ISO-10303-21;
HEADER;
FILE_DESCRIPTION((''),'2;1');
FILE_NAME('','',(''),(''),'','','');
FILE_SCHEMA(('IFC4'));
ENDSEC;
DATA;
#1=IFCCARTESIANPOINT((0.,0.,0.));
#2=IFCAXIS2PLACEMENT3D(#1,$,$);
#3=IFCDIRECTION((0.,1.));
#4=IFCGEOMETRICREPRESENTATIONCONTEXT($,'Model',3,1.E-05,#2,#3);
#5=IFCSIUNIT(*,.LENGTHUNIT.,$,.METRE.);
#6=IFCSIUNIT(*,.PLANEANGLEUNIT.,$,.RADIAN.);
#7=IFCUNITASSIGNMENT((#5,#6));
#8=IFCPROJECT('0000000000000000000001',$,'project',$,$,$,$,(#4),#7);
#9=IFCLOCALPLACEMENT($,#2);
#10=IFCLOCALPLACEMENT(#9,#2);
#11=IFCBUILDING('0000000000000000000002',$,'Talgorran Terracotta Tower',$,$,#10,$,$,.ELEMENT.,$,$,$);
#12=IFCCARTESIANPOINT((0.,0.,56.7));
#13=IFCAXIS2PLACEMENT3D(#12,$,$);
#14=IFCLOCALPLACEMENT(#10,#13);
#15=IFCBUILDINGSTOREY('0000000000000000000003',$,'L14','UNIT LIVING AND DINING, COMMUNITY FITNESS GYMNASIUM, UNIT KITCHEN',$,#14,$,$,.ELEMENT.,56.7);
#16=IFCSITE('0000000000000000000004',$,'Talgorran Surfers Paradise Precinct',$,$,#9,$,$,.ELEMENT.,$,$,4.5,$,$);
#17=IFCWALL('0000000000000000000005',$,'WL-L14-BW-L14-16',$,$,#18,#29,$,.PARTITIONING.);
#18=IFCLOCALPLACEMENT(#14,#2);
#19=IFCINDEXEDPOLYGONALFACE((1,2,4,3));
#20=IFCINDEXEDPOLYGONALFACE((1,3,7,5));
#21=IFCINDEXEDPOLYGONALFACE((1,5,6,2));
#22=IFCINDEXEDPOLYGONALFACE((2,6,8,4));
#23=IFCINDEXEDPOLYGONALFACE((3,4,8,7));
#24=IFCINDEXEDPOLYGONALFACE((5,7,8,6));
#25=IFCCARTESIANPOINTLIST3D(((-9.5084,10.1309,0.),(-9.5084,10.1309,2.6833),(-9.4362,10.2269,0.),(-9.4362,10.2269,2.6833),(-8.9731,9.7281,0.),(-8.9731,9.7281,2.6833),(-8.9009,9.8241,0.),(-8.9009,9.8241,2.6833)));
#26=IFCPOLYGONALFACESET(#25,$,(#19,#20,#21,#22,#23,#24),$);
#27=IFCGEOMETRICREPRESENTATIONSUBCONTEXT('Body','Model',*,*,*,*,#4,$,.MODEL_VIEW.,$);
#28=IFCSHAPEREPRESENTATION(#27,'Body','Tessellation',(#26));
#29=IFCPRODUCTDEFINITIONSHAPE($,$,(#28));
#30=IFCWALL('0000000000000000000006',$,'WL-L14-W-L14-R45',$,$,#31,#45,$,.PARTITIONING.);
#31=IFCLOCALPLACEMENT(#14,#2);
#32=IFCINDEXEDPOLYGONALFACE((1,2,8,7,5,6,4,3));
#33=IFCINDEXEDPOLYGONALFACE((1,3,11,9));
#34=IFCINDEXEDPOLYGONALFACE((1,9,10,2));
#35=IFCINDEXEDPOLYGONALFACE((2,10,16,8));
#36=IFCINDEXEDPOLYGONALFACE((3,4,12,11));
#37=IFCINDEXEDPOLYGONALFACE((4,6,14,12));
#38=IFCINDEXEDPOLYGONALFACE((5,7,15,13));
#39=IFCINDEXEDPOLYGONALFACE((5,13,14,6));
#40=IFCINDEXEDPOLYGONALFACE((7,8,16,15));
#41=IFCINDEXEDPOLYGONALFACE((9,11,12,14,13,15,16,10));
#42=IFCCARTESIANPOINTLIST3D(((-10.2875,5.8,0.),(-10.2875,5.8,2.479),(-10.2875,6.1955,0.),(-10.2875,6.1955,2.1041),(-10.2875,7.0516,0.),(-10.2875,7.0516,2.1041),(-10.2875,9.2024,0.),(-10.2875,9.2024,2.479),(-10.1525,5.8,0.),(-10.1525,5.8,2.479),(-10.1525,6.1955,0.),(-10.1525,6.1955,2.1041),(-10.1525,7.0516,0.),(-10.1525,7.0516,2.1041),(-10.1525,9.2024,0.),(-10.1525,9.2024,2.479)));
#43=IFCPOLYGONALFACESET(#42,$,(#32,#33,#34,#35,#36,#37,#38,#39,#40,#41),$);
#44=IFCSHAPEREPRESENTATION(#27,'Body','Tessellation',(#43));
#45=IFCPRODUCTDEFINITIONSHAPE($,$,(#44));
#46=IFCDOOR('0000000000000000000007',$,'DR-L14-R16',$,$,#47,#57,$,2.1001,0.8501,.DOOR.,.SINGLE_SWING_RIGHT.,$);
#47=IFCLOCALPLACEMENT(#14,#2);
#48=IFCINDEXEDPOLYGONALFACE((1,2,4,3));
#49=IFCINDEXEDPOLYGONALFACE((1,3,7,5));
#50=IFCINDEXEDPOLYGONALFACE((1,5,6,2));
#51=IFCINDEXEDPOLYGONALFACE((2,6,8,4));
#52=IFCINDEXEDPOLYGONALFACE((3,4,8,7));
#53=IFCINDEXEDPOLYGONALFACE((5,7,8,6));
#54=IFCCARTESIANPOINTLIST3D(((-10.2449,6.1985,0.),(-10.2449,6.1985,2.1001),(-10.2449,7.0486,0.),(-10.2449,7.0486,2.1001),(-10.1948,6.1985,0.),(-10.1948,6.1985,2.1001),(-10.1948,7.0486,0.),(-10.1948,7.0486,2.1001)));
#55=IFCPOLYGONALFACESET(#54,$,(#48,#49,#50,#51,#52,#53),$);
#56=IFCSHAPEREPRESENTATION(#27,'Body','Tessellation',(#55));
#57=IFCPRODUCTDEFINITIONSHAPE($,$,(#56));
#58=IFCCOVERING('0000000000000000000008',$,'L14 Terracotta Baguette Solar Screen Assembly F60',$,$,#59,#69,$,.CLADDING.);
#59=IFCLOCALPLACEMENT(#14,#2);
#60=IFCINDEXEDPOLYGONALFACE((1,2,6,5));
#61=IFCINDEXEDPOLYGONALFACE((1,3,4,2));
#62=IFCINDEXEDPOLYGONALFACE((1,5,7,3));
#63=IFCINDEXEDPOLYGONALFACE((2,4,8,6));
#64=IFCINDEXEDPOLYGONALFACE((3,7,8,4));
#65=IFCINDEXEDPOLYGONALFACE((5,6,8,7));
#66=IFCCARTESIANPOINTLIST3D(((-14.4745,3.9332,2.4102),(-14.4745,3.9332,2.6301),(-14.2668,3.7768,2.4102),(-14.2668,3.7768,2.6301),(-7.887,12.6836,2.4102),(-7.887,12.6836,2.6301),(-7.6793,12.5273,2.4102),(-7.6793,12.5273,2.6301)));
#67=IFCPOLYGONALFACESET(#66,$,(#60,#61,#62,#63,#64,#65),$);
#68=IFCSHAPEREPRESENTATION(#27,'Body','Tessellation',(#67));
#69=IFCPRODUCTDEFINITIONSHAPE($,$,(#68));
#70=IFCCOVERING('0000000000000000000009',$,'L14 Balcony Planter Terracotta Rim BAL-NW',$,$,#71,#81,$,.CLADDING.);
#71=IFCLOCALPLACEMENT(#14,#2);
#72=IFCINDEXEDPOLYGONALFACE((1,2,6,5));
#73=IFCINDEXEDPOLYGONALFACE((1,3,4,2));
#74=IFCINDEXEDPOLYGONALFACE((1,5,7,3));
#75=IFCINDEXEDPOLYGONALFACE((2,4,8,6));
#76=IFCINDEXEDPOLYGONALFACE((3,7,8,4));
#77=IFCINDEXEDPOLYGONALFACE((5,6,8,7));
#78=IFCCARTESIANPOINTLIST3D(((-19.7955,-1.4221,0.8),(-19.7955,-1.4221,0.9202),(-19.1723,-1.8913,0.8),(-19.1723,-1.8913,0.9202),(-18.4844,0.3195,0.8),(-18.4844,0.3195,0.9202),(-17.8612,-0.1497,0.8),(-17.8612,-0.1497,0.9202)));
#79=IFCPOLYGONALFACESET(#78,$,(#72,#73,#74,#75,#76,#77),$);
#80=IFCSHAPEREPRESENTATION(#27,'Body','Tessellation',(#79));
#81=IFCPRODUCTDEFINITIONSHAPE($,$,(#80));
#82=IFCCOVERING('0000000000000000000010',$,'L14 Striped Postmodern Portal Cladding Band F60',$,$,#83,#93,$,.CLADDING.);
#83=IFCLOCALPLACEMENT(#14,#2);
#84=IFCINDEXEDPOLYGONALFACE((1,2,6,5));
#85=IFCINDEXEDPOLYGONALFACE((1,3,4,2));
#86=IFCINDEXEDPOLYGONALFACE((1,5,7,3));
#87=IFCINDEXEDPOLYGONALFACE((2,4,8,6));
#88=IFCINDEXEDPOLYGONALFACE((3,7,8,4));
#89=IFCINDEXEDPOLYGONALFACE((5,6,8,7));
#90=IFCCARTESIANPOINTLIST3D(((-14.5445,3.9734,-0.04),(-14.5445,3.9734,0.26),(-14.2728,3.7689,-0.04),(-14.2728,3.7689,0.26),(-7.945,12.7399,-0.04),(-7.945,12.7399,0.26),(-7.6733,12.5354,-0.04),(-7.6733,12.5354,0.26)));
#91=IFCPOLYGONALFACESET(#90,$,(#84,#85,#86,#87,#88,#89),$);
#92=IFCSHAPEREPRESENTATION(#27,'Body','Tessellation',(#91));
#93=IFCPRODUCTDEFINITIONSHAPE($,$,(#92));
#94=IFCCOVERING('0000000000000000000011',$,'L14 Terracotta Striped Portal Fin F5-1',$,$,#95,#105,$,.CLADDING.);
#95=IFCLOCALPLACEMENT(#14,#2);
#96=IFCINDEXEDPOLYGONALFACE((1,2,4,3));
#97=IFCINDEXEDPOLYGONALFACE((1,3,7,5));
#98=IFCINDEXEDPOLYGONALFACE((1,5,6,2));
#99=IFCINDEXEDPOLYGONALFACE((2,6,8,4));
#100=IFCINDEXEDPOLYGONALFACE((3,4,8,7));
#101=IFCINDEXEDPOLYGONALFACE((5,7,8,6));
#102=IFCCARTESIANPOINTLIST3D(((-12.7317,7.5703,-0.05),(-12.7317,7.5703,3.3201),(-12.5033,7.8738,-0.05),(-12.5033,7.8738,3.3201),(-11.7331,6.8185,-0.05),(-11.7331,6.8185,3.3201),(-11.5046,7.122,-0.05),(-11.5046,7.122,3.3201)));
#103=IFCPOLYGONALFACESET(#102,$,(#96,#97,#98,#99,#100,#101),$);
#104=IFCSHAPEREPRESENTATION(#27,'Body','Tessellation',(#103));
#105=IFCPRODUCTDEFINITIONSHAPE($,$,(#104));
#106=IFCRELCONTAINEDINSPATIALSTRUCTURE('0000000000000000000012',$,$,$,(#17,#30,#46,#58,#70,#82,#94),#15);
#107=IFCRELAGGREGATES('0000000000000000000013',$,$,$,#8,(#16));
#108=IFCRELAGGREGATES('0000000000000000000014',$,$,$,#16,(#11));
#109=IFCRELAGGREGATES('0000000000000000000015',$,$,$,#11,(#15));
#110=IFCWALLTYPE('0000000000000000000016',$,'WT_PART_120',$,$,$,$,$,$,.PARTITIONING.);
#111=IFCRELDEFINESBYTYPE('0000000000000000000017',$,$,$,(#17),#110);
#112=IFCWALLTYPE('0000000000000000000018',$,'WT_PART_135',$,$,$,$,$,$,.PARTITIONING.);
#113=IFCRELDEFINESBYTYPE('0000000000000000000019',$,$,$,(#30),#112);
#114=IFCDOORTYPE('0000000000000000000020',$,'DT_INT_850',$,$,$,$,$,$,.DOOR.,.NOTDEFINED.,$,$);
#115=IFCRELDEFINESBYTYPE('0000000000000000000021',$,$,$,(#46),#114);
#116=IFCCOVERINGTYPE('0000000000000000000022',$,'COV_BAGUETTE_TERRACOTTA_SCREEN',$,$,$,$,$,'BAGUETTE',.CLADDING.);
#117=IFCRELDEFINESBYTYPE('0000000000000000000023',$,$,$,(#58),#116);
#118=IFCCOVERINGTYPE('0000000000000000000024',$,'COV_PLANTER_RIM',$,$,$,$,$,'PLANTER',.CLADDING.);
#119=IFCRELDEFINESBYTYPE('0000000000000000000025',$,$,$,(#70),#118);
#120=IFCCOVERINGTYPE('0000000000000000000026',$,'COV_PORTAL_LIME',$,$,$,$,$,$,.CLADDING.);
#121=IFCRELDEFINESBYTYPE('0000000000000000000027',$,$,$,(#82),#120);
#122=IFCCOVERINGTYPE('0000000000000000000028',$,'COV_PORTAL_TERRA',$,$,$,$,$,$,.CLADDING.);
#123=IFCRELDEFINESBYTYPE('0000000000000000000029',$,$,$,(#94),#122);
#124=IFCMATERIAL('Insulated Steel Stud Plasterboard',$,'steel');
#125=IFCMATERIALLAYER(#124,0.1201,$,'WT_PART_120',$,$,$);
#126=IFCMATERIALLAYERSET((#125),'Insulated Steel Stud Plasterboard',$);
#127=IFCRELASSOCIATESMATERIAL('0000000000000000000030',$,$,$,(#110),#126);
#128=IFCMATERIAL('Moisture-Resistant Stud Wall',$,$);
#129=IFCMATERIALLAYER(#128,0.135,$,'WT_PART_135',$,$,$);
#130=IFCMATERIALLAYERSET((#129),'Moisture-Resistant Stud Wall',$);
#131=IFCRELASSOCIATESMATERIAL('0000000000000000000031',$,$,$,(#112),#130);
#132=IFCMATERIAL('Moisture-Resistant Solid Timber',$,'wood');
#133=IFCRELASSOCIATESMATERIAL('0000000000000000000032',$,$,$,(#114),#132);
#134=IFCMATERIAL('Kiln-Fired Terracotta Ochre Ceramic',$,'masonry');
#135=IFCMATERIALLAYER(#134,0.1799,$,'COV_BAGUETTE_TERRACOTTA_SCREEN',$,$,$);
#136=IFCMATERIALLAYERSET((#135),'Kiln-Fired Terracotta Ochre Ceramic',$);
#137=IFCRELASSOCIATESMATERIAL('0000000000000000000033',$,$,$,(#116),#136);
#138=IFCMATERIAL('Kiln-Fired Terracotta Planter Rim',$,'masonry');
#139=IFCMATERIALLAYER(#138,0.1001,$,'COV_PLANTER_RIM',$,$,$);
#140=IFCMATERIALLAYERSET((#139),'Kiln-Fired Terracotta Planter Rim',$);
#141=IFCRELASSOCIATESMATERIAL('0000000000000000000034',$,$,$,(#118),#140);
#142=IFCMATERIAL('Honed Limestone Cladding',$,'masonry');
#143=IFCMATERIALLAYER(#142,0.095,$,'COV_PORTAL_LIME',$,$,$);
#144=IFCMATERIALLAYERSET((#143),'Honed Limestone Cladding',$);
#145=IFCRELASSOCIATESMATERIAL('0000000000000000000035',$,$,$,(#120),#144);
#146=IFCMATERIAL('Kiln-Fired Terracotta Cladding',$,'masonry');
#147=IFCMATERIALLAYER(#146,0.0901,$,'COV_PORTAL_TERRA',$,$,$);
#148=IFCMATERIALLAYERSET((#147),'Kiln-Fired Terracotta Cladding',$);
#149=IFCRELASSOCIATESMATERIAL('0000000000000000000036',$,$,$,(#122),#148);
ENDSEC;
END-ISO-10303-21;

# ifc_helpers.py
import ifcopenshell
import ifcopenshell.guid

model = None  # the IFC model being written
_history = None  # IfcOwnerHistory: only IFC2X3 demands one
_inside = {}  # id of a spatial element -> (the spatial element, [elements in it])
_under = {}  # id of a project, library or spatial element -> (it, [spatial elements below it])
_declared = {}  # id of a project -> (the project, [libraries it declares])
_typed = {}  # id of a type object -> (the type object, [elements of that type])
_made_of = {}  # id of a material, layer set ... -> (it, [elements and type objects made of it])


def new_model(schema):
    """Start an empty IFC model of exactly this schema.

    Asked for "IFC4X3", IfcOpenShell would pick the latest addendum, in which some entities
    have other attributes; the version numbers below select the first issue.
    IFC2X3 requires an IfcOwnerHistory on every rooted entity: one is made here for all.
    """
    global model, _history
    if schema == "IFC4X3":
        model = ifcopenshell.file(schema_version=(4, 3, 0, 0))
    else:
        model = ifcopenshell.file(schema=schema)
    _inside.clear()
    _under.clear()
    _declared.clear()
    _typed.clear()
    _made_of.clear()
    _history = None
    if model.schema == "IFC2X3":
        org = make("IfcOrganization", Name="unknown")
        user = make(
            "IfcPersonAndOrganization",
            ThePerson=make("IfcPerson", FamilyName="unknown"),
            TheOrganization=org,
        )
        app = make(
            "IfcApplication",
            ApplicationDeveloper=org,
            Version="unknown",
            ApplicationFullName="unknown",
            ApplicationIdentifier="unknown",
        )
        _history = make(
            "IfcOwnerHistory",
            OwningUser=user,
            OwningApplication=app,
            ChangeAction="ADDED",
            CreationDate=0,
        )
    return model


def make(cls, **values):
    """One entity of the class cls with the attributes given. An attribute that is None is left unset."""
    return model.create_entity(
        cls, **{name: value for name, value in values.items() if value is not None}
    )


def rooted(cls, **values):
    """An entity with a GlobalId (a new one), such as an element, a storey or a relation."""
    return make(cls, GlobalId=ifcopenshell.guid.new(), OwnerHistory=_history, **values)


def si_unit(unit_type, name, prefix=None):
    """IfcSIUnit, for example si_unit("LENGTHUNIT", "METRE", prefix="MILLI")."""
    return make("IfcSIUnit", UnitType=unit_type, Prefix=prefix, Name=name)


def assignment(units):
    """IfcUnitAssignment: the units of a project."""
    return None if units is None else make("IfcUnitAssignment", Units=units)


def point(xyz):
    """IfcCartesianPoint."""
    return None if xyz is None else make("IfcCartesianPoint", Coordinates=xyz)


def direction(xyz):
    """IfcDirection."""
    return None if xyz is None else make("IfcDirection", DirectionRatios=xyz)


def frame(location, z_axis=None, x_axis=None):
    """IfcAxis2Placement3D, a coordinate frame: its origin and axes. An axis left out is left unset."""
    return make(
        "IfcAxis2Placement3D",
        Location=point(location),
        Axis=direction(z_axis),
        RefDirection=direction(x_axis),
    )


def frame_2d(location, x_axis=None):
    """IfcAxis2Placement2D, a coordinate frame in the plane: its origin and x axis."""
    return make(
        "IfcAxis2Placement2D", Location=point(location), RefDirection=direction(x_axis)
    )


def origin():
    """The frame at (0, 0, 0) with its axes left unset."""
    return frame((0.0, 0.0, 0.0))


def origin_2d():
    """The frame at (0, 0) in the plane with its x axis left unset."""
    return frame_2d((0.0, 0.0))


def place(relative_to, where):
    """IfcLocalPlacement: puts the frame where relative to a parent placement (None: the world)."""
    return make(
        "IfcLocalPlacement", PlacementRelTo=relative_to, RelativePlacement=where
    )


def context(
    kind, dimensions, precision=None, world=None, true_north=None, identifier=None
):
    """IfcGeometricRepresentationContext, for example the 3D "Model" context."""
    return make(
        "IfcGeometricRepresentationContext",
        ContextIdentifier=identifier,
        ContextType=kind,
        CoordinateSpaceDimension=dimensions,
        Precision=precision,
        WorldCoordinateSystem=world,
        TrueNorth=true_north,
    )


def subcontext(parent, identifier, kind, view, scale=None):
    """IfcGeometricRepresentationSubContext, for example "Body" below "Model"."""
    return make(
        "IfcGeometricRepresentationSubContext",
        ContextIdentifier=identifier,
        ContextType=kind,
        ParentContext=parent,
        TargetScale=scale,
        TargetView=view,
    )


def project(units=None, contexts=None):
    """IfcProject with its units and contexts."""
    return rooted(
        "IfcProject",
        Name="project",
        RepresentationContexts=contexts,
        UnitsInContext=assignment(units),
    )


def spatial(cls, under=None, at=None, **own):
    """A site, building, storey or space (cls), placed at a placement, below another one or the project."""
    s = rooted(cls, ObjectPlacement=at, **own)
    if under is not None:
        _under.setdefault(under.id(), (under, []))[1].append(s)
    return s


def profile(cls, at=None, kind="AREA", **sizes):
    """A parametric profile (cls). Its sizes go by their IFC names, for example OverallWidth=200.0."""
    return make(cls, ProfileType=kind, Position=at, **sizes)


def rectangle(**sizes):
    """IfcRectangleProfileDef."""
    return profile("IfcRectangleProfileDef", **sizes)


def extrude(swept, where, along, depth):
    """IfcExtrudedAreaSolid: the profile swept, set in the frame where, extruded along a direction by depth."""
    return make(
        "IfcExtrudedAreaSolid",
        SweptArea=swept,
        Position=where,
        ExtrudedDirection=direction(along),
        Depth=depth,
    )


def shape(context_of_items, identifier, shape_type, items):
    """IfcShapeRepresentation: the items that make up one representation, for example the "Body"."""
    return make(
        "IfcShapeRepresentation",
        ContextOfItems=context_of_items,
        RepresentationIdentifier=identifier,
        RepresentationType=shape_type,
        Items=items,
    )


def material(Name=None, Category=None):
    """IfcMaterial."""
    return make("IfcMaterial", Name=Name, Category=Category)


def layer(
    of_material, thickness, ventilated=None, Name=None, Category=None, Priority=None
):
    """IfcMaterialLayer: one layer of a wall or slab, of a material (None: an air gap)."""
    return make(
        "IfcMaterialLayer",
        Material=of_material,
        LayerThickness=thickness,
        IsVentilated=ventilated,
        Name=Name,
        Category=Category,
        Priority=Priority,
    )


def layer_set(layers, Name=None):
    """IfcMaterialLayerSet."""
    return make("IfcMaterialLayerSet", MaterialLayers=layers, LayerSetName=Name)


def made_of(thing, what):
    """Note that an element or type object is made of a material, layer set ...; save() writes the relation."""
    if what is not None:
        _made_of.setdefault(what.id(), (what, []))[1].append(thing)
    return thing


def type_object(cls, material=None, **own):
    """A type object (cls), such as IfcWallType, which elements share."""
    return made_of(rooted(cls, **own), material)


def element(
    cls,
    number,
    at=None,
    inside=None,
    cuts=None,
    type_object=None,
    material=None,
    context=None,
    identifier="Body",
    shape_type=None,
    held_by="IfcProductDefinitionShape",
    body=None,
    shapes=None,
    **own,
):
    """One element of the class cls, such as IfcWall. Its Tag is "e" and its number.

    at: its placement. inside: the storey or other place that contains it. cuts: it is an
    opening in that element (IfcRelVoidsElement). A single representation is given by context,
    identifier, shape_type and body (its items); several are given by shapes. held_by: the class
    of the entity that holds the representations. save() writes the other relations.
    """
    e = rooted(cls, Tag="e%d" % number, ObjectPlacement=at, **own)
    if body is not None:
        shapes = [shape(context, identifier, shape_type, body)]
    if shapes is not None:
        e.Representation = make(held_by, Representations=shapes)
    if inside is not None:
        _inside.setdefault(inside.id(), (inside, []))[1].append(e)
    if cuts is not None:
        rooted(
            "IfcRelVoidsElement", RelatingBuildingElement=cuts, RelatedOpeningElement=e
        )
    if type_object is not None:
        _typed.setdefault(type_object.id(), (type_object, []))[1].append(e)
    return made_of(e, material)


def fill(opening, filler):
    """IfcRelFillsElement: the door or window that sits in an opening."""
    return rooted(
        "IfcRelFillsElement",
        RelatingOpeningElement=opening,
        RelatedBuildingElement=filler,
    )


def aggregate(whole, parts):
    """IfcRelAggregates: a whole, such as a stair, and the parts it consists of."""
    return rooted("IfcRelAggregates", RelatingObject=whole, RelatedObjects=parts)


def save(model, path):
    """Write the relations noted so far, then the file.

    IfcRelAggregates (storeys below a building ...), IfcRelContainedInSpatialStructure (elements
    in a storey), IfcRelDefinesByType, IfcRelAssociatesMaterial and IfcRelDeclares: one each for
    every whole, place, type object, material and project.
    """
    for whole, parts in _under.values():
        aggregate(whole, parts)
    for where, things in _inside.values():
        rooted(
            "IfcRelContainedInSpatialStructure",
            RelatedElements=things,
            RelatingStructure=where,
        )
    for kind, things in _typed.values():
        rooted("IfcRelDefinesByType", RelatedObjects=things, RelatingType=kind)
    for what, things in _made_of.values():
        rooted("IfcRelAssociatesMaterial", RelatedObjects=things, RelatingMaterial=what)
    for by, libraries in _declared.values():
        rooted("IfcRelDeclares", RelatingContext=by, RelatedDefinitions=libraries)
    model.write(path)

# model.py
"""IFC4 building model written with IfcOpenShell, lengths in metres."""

from ifc_helpers import new_model, si_unit, direction, frame, frame_2d, origin, origin_2d, place, context, subcontext, project, spatial, rectangle, extrude, material, layer, layer_set, type_object, element, fill, save


model = new_model("IFC4")

# Units and contexts
model_context = context("Model", 3, precision=1e-05, world=origin(), true_north=direction((0.0, 1.0)))
body_context = subcontext(model_context, "Body", "Model", "MODEL_VIEW")
ifc_project = project(units=[si_unit("LENGTHUNIT", "METRE"), si_unit("PLANEANGLEUNIT", "RADIAN")], contexts=[model_context])

# Site, building, storey
site_placement = place(None, origin())
site = spatial("IfcSite", under=ifc_project, at=site_placement, Name="Talgorran Surfers Paradise Precinct", CompositionType="ELEMENT", RefElevation=4.5)
building_placement = place(site_placement, origin())
building = spatial("IfcBuilding", under=site, at=building_placement, Name="Talgorran Terracotta Tower", CompositionType="ELEMENT")
storey_placement = place(building_placement, frame((0.0, 0.0, 56.7)))
storey = spatial("IfcBuildingStorey", under=building, at=storey_placement, Name="L14", Description="UNIT LIVING AND DINING, COMMUNITY FITNESS GYMNASIUM, UNIT KITCHEN", CompositionType="ELEMENT", Elevation=56.7)

# Shared definitions
ifc_material_1 = material(Name="Insulated Steel Stud Plasterboard", Category="steel")
ifc_layer_1 = layer(ifc_material_1, 0.1201, Name="WT_PART_120")
ifc_layer_set_1 = layer_set([ifc_layer_1], Name="Insulated Steel Stud Plasterboard")
wall_type_1 = type_object("IfcWallType", Name="WT_PART_120", PredefinedType="PARTITIONING", material=ifc_layer_set_1)

# Wall
wall_1_placement = place(storey_placement, frame((-8.937, 9.7761, 0.0), z_axis=(0.0, 0.0, 1.0), x_axis=(-0.799081, 0.601224, 0.0)))
element("IfcWall", 1, at=wall_1_placement, inside=storey, type_object=wall_type_1, Name="WL-L14-BW-L14-16", PredefinedType="PARTITIONING", context=body_context, shape_type="SweptSolid", body=[
    extrude(rectangle(XDim=0.6699, YDim=0.1201, at=frame_2d((0.335, 0.0))), origin(), (0.0, 0.0, 1.0), 2.6833),
])

# Wall, opening, door
ifc_material_2 = material(Name="Moisture-Resistant Stud Wall")
ifc_layer_2 = layer(ifc_material_2, 0.135, Name="WT_PART_135")
ifc_layer_set_2 = layer_set([ifc_layer_2], Name="Moisture-Resistant Stud Wall")
wall_type_2 = type_object("IfcWallType", Name="WT_PART_135", PredefinedType="PARTITIONING", material=ifc_layer_set_2)
wall_2_placement = place(storey_placement, frame((-10.22, 5.8, 0.0), z_axis=(0.0, 0.0, 1.0), x_axis=(0.0, 1.0, 0.0)))
wall_2 = element("IfcWall", 2, at=wall_2_placement, inside=storey, type_object=wall_type_2, Name="WL-L14-W-L14-R45", PredefinedType="PARTITIONING", context=body_context, shape_type="SweptSolid", body=[
    extrude(rectangle(XDim=3.4023, YDim=0.135, at=frame_2d((1.7012, 0.0))), origin(), (0.0, 0.0, 1.0), 2.479),
])
opening_1_placement = place(wall_2_placement, frame((0.3984, 0.0, 0.0)))
opening_1 = element("IfcOpeningElement", 3, at=opening_1_placement, cuts=wall_2, PredefinedType="OPENING", context=body_context, shape_type="SweptSolid", body=[
    extrude(rectangle(XDim=0.8561, YDim=2.1041, at=frame_2d((0.425, 1.052))), frame((0.0, 0.0776, 0.0), z_axis=(0.0, -1.0, 0.0), x_axis=(1.0, 0.0, 0.0)), (0.0, 0.0, 1.0), 0.155),
])
ifc_material_3 = material(Name="Moisture-Resistant Solid Timber", Category="wood")
door_type_1 = type_object("IfcDoorType", Name="DT_INT_850", OperationType="NOTDEFINED", PredefinedType="DOOR", material=ifc_material_3)
door_1_placement = place(opening_1_placement, origin())
door_1 = element("IfcDoor", 4, at=door_1_placement, inside=storey, type_object=door_type_1, Name="DR-L14-R16", OperationType="SINGLE_SWING_RIGHT", OverallHeight=2.1001, OverallWidth=0.8501, PredefinedType="DOOR", context=body_context, shape_type="SweptSolid", body=[
    extrude(rectangle(XDim=0.8501, YDim=2.1001, at=frame_2d((0.425, 1.05))), frame((0.0, 0.0249, 0.0), z_axis=(0.0, -1.0, 0.0), x_axis=(1.0, 0.0, 0.0)), (0.0, 0.0, 1.0), 0.05),
])
fill(opening_1, door_1)

# Coverings
ifc_material_4 = material(Name="Kiln-Fired Terracotta Ochre Ceramic", Category="masonry")
ifc_layer_3 = layer(ifc_material_4, 0.1799, Name="COV_BAGUETTE_TERRACOTTA_SCREEN")
ifc_layer_set_3 = layer_set([ifc_layer_3], Name="Kiln-Fired Terracotta Ochre Ceramic")
covering_type_1 = type_object("IfcCoveringType", Name="COV_BAGUETTE_TERRACOTTA_SCREEN", ElementType="BAGUETTE", PredefinedType="CLADDING", material=ifc_layer_set_3)
covering_1_placement = place(storey_placement, frame((-11.0769, 8.2302, 2.4102), z_axis=(0.0, 0.0, 1.0), x_axis=(-0.601439, -0.798919, 0.0)))
element("IfcCovering", 5, at=covering_1_placement, inside=storey, type_object=covering_type_1, Name="L14 Terracotta Baguette Solar Screen Assembly F60", PredefinedType="CLADDING", context=body_context, shape_type="SweptSolid", body=[
    extrude(rectangle(XDim=10.9529, YDim=0.26, at=origin_2d()), origin(), (0.0, 0.0, 1.0), 0.22),
])
ifc_material_5 = material(Name="Kiln-Fired Terracotta Planter Rim", Category="masonry")
ifc_layer_4 = layer(ifc_material_5, 0.1001, Name="COV_PLANTER_RIM")
ifc_layer_set_4 = layer_set([ifc_layer_4], Name="Kiln-Fired Terracotta Planter Rim")
covering_type_2 = type_object("IfcCoveringType", Name="COV_PLANTER_RIM", ElementType="PLANTER", PredefinedType="CLADDING", material=ifc_layer_set_4)
covering_2_placement = place(storey_placement, frame((-18.8284, -0.7859, 0.8), z_axis=(0.0, 0.0, 1.0), x_axis=(-0.601439, -0.798919, 0.0)))
element("IfcCovering", 6, at=covering_2_placement, inside=storey, type_object=covering_type_2, Name="L14 Balcony Planter Terracotta Rim BAL-NW", PredefinedType="CLADDING", context=body_context, shape_type="SweptSolid", body=[
    extrude(rectangle(XDim=2.1799, YDim=0.78, at=origin_2d()), origin(), (0.0, 0.0, 1.0), 0.1201),
])
ifc_material_6 = material(Name="Honed Limestone Cladding", Category="masonry")
ifc_layer_5 = layer(ifc_material_6, 0.095, Name="COV_PORTAL_LIME")
ifc_layer_set_5 = layer_set([ifc_layer_5], Name="Honed Limestone Cladding")
covering_type_3 = type_object("IfcCoveringType", Name="COV_PORTAL_LIME", PredefinedType="CLADDING", material=ifc_layer_set_5)
covering_3_placement = place(storey_placement, frame((-11.1089, 8.2544, -0.04), z_axis=(0.0, 0.0, 1.0), x_axis=(-0.601439, -0.798919, 0.0)))
element("IfcCovering", 7, at=covering_3_placement, inside=storey, type_object=covering_type_3, Name="L14 Striped Postmodern Portal Cladding Band F60", PredefinedType="CLADDING", context=body_context, shape_type="SweptSolid", body=[
    extrude(rectangle(XDim=10.9729, YDim=0.3401, at=origin_2d()), origin(), (0.0, 0.0, 1.0), 0.3),
])
ifc_material_7 = material(Name="Kiln-Fired Terracotta Cladding", Category="masonry")
ifc_layer_6 = layer(ifc_material_7, 0.0901, Name="COV_PORTAL_TERRA")
ifc_layer_set_6 = layer_set([ifc_layer_6], Name="Kiln-Fired Terracotta Cladding")
covering_type_4 = type_object("IfcCoveringType", Name="COV_PORTAL_TERRA", PredefinedType="CLADDING", material=ifc_layer_set_6)
covering_4_placement = place(storey_placement, frame((-12.1182, 7.3462, -0.05), z_axis=(0.0, 0.0, 1.0), x_axis=(-0.601439, -0.798919, 0.0)))
element("IfcCovering", 8, at=covering_4_placement, inside=storey, type_object=covering_type_4, Name="L14 Terracotta Striped Portal Fin F5-1", PredefinedType="CLADDING", context=body_context, shape_type="SweptSolid", body=[
    extrude(rectangle(XDim=0.3799, YDim=1.25, at=origin_2d()), origin(), (0.0, 0.0, 1.0), 3.3701),
])

save(model, "model.ifc")
